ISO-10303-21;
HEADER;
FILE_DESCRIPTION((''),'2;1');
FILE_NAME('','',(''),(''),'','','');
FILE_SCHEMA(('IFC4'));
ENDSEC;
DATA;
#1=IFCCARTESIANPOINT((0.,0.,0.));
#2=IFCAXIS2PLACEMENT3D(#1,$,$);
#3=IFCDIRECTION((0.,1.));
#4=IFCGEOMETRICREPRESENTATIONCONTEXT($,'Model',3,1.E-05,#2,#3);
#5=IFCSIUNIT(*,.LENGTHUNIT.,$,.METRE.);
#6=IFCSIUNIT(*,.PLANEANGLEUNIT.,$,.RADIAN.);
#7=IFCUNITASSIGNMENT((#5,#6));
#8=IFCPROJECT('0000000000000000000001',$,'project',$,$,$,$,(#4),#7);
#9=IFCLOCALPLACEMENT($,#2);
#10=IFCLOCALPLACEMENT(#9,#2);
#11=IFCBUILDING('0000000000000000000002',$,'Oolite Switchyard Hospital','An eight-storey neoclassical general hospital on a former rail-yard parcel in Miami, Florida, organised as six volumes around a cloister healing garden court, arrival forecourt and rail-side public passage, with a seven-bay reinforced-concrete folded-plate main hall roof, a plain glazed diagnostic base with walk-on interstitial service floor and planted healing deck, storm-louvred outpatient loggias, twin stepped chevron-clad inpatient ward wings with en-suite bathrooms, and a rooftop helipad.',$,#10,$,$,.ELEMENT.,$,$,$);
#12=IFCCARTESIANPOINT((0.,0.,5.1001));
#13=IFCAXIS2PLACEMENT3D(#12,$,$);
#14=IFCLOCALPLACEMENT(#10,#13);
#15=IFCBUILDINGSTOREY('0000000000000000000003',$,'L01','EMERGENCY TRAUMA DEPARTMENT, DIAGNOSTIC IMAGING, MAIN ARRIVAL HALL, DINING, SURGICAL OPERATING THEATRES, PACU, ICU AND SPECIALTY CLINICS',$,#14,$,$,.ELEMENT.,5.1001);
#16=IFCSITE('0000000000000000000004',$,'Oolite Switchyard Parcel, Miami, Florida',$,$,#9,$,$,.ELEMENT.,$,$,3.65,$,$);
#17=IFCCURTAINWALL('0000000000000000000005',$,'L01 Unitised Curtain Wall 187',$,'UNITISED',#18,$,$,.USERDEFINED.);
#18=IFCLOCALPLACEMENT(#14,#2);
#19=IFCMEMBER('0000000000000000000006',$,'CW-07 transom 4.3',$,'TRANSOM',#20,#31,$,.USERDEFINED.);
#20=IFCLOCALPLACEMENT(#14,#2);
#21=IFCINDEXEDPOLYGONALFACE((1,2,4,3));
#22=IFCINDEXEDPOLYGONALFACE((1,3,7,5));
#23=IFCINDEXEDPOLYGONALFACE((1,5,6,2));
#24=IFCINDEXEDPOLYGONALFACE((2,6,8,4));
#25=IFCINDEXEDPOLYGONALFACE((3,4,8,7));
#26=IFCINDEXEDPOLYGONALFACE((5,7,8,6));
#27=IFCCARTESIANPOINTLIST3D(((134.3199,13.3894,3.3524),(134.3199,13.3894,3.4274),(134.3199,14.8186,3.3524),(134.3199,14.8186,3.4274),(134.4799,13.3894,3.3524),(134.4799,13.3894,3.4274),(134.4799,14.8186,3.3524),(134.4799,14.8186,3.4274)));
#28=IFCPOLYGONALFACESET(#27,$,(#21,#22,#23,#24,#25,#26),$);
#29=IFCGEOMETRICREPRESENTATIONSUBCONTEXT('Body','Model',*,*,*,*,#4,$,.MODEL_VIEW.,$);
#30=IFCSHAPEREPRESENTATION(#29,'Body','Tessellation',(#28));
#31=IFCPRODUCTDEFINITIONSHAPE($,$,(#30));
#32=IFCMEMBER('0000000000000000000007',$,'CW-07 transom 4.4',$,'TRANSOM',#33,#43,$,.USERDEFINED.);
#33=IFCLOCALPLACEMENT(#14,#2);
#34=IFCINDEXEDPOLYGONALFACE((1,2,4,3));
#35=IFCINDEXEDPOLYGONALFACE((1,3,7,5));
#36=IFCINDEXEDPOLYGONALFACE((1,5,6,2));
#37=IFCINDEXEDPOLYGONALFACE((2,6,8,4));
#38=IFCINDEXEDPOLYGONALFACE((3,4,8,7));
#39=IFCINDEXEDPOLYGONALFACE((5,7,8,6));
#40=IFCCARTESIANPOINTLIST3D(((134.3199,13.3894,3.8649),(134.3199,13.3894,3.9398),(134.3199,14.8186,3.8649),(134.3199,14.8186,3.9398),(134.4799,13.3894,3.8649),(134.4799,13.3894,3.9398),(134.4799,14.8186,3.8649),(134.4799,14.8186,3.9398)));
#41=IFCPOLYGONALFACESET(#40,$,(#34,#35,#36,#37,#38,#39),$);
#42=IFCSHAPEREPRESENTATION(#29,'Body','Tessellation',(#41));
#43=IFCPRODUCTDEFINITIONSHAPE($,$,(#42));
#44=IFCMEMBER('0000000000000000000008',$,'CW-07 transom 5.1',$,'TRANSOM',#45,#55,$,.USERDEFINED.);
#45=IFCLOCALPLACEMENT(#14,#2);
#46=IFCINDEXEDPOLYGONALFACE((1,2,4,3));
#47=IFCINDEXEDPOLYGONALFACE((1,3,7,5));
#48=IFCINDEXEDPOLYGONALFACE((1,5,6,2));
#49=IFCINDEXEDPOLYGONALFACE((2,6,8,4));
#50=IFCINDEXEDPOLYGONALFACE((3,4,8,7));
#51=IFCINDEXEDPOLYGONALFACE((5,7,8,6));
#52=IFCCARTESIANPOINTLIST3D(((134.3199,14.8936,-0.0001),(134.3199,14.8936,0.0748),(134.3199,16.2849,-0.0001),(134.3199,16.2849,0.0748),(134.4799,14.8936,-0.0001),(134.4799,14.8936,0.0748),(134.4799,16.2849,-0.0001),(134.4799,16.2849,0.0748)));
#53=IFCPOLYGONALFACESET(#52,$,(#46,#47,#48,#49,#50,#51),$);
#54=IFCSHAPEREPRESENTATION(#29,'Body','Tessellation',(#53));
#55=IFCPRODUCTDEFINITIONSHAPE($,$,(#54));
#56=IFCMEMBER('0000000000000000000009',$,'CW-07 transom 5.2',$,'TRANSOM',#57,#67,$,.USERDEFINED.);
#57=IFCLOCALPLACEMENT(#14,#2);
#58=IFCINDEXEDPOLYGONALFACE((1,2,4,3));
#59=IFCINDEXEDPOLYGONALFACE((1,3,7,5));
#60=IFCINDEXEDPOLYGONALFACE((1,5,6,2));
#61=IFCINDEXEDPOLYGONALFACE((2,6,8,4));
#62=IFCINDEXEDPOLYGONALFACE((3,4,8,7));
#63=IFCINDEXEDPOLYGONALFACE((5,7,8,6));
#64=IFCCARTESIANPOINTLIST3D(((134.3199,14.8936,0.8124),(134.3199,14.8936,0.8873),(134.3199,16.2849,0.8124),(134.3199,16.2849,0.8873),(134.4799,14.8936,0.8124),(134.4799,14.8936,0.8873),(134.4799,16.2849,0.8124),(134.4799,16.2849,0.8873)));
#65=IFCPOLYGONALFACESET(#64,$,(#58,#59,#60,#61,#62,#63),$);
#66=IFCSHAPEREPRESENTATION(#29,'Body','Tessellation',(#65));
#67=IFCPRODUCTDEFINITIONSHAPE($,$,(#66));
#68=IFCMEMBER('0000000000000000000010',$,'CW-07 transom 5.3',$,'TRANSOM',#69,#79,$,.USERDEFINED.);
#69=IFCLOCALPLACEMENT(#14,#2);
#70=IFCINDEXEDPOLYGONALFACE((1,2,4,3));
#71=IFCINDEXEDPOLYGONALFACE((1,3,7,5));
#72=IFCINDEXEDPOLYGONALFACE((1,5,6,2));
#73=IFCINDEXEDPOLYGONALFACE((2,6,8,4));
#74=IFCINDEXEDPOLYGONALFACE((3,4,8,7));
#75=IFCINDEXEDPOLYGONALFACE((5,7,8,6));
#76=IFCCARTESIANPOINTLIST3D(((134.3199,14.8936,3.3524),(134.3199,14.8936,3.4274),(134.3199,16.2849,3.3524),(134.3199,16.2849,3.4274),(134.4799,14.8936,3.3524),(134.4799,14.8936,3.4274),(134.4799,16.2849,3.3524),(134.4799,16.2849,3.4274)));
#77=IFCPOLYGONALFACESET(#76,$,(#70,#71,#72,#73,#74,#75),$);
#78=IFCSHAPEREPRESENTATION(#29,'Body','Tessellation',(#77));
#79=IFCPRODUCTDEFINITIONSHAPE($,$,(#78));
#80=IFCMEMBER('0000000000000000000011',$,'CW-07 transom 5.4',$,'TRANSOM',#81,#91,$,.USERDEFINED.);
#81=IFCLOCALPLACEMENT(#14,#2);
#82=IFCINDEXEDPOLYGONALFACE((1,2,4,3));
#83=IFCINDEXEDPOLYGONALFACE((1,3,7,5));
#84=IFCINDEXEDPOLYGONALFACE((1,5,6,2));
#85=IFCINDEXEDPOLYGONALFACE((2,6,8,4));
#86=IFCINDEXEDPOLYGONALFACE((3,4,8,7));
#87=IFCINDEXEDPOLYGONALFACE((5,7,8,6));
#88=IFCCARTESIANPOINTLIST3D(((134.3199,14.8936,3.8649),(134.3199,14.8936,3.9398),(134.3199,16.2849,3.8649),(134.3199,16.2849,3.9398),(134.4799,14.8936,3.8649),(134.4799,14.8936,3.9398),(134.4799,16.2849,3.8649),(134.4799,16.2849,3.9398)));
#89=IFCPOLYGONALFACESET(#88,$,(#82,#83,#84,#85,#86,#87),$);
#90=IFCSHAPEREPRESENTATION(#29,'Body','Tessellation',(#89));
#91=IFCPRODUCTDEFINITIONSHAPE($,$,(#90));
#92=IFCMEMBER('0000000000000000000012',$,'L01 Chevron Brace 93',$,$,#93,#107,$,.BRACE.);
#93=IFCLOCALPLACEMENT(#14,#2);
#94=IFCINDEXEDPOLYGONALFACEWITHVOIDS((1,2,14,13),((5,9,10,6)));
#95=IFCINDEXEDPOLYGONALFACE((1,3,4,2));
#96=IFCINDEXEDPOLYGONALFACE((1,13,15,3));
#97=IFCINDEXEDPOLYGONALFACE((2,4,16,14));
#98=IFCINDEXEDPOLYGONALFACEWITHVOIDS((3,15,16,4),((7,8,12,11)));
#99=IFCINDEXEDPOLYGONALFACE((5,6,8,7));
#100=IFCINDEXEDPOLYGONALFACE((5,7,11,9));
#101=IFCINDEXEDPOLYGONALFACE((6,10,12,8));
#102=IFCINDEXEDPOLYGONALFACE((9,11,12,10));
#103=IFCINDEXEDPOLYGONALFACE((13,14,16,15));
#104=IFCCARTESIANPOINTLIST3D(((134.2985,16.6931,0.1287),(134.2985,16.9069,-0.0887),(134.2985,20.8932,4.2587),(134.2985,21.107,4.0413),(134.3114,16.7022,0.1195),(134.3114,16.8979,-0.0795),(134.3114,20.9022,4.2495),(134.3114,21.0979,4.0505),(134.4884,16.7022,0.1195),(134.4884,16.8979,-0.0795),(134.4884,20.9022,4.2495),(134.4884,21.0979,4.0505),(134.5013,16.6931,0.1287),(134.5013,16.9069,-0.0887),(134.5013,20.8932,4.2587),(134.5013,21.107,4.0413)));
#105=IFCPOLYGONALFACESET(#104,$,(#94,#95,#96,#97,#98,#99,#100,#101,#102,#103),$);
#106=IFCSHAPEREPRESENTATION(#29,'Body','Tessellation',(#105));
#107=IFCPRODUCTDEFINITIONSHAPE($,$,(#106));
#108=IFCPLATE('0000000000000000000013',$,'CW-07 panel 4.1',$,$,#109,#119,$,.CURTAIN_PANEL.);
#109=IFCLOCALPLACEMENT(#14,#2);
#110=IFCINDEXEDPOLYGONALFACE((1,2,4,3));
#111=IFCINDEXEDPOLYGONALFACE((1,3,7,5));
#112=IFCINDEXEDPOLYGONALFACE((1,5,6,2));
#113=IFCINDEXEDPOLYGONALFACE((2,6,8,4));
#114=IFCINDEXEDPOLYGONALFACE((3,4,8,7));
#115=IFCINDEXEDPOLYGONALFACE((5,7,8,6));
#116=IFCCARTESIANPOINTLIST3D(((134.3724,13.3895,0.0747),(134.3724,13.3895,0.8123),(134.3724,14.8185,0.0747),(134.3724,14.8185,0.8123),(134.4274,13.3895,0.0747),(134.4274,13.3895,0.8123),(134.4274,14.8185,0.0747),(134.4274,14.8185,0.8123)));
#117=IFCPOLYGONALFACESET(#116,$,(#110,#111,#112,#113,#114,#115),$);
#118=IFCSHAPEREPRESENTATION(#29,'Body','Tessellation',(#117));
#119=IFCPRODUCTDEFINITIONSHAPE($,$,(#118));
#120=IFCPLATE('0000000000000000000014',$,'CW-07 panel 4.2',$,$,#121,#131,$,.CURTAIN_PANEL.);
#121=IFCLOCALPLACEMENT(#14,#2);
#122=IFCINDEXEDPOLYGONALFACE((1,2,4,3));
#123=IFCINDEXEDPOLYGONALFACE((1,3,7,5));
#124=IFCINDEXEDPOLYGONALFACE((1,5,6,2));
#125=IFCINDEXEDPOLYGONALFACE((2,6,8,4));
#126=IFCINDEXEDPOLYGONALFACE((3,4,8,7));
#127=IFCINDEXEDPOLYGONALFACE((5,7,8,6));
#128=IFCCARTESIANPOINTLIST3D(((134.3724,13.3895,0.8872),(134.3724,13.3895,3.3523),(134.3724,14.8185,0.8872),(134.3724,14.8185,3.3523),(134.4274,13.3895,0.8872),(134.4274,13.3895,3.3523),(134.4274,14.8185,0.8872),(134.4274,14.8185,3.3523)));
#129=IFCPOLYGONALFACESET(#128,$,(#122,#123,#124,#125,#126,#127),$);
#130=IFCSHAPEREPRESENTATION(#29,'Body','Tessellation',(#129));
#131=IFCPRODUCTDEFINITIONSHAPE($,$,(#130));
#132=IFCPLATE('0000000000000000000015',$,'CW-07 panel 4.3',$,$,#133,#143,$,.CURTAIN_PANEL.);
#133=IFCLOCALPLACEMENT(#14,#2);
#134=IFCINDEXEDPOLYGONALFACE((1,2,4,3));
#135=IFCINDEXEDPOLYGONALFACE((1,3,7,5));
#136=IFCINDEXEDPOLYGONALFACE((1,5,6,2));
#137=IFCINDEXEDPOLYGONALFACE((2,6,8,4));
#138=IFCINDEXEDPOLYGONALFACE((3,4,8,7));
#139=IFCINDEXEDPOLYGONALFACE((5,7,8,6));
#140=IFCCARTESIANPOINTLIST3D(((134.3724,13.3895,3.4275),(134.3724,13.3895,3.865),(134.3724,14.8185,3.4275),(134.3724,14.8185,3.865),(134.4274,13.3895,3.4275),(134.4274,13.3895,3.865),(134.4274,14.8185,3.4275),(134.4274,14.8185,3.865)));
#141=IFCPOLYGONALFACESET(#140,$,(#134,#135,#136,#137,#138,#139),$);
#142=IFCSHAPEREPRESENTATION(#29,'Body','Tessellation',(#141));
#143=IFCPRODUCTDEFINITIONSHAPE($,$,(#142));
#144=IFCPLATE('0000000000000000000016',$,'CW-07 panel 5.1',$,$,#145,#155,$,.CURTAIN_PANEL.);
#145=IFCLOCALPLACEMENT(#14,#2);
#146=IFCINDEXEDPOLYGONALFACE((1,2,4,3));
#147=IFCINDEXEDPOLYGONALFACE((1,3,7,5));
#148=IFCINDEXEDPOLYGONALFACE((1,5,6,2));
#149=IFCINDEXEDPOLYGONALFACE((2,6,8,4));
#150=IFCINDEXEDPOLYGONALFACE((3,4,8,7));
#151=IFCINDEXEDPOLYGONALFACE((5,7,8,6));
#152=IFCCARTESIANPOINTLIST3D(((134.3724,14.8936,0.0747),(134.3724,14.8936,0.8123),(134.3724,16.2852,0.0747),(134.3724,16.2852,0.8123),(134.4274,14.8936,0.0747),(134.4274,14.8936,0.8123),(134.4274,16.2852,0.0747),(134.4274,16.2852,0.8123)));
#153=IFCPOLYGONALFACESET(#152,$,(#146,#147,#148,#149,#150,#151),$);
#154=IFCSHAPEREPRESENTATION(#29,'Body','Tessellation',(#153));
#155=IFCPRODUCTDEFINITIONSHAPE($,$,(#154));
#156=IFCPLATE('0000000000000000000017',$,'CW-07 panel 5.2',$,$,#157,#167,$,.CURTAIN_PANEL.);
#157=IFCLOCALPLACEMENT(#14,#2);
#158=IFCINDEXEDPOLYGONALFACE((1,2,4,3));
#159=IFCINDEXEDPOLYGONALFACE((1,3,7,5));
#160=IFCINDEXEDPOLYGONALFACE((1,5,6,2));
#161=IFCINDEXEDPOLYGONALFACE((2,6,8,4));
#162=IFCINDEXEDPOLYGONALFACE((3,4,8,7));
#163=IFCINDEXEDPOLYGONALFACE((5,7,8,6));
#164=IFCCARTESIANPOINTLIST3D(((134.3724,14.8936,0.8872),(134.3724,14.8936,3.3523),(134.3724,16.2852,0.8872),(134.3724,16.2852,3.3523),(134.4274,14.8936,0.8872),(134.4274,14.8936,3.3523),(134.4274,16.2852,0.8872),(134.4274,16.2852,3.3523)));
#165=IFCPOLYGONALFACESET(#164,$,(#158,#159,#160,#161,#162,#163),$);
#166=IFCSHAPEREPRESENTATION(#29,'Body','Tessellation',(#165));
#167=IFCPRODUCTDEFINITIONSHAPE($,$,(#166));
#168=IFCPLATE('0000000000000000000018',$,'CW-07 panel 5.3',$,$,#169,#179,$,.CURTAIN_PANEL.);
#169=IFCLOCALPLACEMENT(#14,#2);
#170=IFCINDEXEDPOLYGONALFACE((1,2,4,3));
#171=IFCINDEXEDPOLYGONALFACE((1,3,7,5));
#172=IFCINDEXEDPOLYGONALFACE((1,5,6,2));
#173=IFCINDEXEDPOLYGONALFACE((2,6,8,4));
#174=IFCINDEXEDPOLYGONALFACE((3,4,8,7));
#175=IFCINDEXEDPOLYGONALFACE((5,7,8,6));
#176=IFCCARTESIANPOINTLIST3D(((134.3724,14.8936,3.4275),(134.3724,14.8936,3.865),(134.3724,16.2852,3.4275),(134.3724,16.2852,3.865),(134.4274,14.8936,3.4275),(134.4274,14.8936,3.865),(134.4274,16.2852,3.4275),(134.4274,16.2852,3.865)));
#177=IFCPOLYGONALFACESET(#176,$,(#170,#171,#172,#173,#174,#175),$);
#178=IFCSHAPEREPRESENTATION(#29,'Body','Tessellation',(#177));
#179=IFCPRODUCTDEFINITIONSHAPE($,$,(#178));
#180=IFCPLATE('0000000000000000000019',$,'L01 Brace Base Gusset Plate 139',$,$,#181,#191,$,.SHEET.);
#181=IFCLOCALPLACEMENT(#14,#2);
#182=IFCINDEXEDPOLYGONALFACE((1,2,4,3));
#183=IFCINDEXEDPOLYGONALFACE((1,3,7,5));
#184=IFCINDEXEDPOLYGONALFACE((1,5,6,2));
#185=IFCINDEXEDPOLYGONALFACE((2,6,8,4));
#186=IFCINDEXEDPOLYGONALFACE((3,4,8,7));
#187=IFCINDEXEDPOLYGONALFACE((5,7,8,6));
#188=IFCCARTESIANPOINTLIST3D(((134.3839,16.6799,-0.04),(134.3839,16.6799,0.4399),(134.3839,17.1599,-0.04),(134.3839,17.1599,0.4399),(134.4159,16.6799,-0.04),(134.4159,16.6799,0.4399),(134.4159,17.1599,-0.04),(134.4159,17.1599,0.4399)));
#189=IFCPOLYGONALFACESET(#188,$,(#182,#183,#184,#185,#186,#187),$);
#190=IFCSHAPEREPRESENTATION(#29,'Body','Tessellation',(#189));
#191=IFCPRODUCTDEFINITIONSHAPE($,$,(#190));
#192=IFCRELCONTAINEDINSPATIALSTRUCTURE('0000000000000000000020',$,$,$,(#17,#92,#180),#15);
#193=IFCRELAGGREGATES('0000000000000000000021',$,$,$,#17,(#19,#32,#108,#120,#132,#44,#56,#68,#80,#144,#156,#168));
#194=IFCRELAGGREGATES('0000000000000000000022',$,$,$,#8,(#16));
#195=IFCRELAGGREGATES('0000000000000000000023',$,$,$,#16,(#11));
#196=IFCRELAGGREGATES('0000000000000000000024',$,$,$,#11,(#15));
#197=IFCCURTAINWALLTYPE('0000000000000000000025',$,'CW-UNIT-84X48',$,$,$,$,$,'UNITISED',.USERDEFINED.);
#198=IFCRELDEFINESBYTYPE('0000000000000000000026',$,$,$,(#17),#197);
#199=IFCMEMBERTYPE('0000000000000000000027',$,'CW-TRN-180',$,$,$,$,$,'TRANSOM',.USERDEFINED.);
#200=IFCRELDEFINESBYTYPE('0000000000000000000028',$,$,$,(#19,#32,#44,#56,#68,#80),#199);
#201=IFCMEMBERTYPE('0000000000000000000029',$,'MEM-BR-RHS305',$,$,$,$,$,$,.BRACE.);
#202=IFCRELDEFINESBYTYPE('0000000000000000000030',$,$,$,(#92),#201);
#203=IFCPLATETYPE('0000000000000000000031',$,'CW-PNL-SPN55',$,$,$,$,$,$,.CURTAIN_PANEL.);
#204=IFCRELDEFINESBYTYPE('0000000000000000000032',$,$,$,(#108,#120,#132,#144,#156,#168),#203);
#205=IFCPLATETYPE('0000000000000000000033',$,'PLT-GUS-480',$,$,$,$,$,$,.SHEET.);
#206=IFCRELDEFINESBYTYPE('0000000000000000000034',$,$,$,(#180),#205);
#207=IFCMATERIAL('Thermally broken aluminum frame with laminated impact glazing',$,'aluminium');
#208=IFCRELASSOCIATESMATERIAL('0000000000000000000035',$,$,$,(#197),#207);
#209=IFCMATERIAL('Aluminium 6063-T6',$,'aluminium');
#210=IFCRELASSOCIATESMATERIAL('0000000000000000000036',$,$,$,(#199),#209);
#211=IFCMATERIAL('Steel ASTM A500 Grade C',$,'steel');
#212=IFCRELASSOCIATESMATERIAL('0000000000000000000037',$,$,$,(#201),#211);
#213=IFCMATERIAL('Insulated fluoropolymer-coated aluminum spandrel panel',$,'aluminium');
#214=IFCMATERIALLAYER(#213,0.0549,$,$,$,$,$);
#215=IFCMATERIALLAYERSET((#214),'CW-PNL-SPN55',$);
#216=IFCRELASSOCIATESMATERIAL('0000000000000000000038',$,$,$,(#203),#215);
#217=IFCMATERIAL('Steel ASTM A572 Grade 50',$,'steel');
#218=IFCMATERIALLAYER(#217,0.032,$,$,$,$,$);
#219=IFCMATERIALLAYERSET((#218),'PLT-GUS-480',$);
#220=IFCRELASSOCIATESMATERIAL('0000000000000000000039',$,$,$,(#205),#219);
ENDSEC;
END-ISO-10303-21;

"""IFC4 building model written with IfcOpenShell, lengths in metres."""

from ifc_helpers import new_model, si_unit, direction, frame, origin, origin_2d, place, context, subcontext, project, spatial, rectangle, hollow_rectangle, extrude, material, layer, layer_set, material_profile, profile_set, type_object, element, aggregate, save


model = new_model("IFC4")

# Units and contexts
model_context = context("Model", 3, precision=1e-05, world=origin(), true_north=direction((0.0, 1.0)))
body_context = subcontext(model_context, "Body", "Model", "MODEL_VIEW")
ifc_project = project(units=[si_unit("LENGTHUNIT", "METRE"), si_unit("PLANEANGLEUNIT", "RADIAN")], contexts=[model_context])

# Site, building, storey
site_placement = place(None, origin())
site = spatial("IfcSite", under=ifc_project, at=site_placement, Name="Oolite Switchyard Parcel, Miami, Florida", CompositionType="ELEMENT", RefElevation=3.65)
building_placement = place(site_placement, origin())
building = spatial("IfcBuilding", under=site, at=building_placement, Name="Oolite Switchyard Hospital", Description="An eight-storey neoclassical general hospital on a former rail-yard parcel in Miami, Florida, organised as six volumes around a cloister healing garden court, arrival forecourt and rail-side public passage, with a seven-bay reinforced-concrete folded-plate main hall roof, a plain glazed diagnostic base with walk-on interstitial service floor and planted healing deck, storm-louvred outpatient loggias, twin stepped chevron-clad inpatient ward wings with en-suite bathrooms, and a rooftop helipad.", CompositionType="ELEMENT")
storey_placement = place(building_placement, frame((0.0, 0.0, 5.1001)))
storey = spatial("IfcBuildingStorey", under=building, at=storey_placement, Name="L01", Description="EMERGENCY TRAUMA DEPARTMENT, DIAGNOSTIC IMAGING, MAIN ARRIVAL HALL, DINING, SURGICAL OPERATING THEATRES, PACU, ICU AND SPECIALTY CLINICS", CompositionType="ELEMENT", Elevation=5.1001)

# Curtain wall, members
ifc_material_1 = material(Name="Thermally broken aluminum frame with laminated impact glazing", Category="aluminium")
curtain_wall_type = type_object("IfcCurtainWallType", Name="CW-UNIT-84X48", ElementType="UNITISED", PredefinedType="USERDEFINED", material=ifc_material_1)
curtain_wall_placement = place(storey_placement, origin())
curtain_wall = element("IfcCurtainWall", 1, at=curtain_wall_placement, inside=storey, type_object=curtain_wall_type, Name="L01 Unitised Curtain Wall 187", ObjectType="UNITISED", PredefinedType="USERDEFINED")
ifc_material_2 = material(Name="Aluminium 6063-T6", Category="aluminium")
ifc_material_profile_1 = material_profile(ifc_material_2, rectangle(XDim=0.1599, YDim=0.075, at=origin_2d()), Name="CWT75X160")
ifc_profile_set_1 = profile_set([ifc_material_profile_1], Name="Aluminium 6063-T6")
member_type_1 = type_object("IfcMemberType", Name="CW-TRN-180", ElementType="TRANSOM", PredefinedType="USERDEFINED", material=ifc_profile_set_1)
member_1_placement = place(storey_placement, frame((134.3999, 13.3894, 3.3899), z_axis=(0.0, 1.0, 0.0), x_axis=(-1.0, 0.0, 0.0)))
member_1 = element("IfcMember", 2, at=member_1_placement, type_object=member_type_1, Name="CW-07 transom 4.3", ObjectType="TRANSOM", PredefinedType="USERDEFINED", context=body_context, shape_type="SweptSolid", body=[
    extrude(rectangle(XDim=0.1599, YDim=0.075, at=origin_2d()), origin(), (0.0, 0.0, 1.0), 1.4292),
])
member_2_placement = place(storey_placement, frame((134.3999, 13.3894, 3.9023), z_axis=(0.0, 1.0, 0.0), x_axis=(-1.0, 0.0, 0.0)))
member_2 = element("IfcMember", 3, at=member_2_placement, type_object=member_type_1, Name="CW-07 transom 4.4", ObjectType="TRANSOM", PredefinedType="USERDEFINED", context=body_context, shape_type="SweptSolid", body=[
    extrude(rectangle(XDim=0.1599, YDim=0.075, at=origin_2d()), origin(), (0.0, 0.0, 1.0), 1.4292),
])
member_3_placement = place(storey_placement, frame((134.3999, 14.8936, 0.0374), z_axis=(0.0, 1.0, 0.0), x_axis=(-1.0, 0.0, 0.0)))
member_3 = element("IfcMember", 4, at=member_3_placement, type_object=member_type_1, Name="CW-07 transom 5.1", ObjectType="TRANSOM", PredefinedType="USERDEFINED", context=body_context, shape_type="SweptSolid", body=[
    extrude(rectangle(XDim=0.1599, YDim=0.075, at=origin_2d()), origin(), (0.0, 0.0, 1.0), 1.3914),
])
member_4_placement = place(storey_placement, frame((134.3999, 14.8936, 0.8499), z_axis=(0.0, 1.0, 0.0), x_axis=(-1.0, 0.0, 0.0)))
member_4 = element("IfcMember", 5, at=member_4_placement, type_object=member_type_1, Name="CW-07 transom 5.2", ObjectType="TRANSOM", PredefinedType="USERDEFINED", context=body_context, shape_type="SweptSolid", body=[
    extrude(rectangle(XDim=0.1599, YDim=0.075, at=origin_2d()), origin(), (0.0, 0.0, 1.0), 1.3914),
])
member_5_placement = place(storey_placement, frame((134.3999, 14.8936, 3.3899), z_axis=(0.0, 1.0, 0.0), x_axis=(-1.0, 0.0, 0.0)))
member_5 = element("IfcMember", 6, at=member_5_placement, type_object=member_type_1, Name="CW-07 transom 5.3", ObjectType="TRANSOM", PredefinedType="USERDEFINED", context=body_context, shape_type="SweptSolid", body=[
    extrude(rectangle(XDim=0.1599, YDim=0.075, at=origin_2d()), origin(), (0.0, 0.0, 1.0), 1.3914),
])
member_6_placement = place(storey_placement, frame((134.3999, 14.8936, 3.9023), z_axis=(0.0, 1.0, 0.0), x_axis=(-1.0, 0.0, 0.0)))
member_6 = element("IfcMember", 7, at=member_6_placement, type_object=member_type_1, Name="CW-07 transom 5.4", ObjectType="TRANSOM", PredefinedType="USERDEFINED", context=body_context, shape_type="SweptSolid", body=[
    extrude(rectangle(XDim=0.1599, YDim=0.075, at=origin_2d()), origin(), (0.0, 0.0, 1.0), 1.3914),
])

# Member
ifc_material_3 = material(Name="Steel ASTM A500 Grade C", Category="steel")
ifc_material_profile_2 = material_profile(ifc_material_3, hollow_rectangle(XDim=0.2029, YDim=0.3049, WallThickness=0.0129, at=origin_2d()), Name="HSS305X203X13")
ifc_profile_set_2 = profile_set([ifc_material_profile_2], Name="Steel ASTM A500 Grade C")
member_type_2 = type_object("IfcMemberType", Name="MEM-BR-RHS305", PredefinedType="BRACE", material=ifc_profile_set_2)
member_7_placement = place(storey_placement, frame((134.3999, 16.8, 0.02), z_axis=(0.0, 0.71303, 0.701134), x_axis=(-1.0, 0.0, 0.0)))
element("IfcMember", 8, at=member_7_placement, inside=storey, type_object=member_type_2, Name="L01 Chevron Brace 93", PredefinedType="BRACE", context=body_context, shape_type="SweptSolid", body=[
    extrude(hollow_rectangle(XDim=0.2029, YDim=0.3049, WallThickness=0.0129, at=origin_2d()), origin(), (0.0, 0.0, 1.0), 5.8904),
])

# Plates
ifc_material_4 = material(Name="Insulated fluoropolymer-coated aluminum spandrel panel", Category="aluminium")
ifc_layer_1 = layer(ifc_material_4, 0.0549)
ifc_layer_set_1 = layer_set([ifc_layer_1], Name="CW-PNL-SPN55")
plate_type_1 = type_object("IfcPlateType", Name="CW-PNL-SPN55", PredefinedType="CURTAIN_PANEL", material=ifc_layer_set_1)
plate_1_placement = place(storey_placement, frame((134.3999, 14.104, 0.0747), z_axis=(0.0, 0.0, 1.0), x_axis=(0.0, 1.0, 0.0)))
plate_1 = element("IfcPlate", 9, at=plate_1_placement, type_object=plate_type_1, Name="CW-07 panel 4.1", PredefinedType="CURTAIN_PANEL", context=body_context, shape_type="SweptSolid", body=[
    extrude(rectangle(XDim=1.429, YDim=0.0549, at=origin_2d()), origin(), (0.0, 0.0, 1.0), 0.7375),
])
plate_2_placement = place(storey_placement, frame((134.3999, 14.104, 0.8872), z_axis=(0.0, 0.0, 1.0), x_axis=(0.0, 1.0, 0.0)))
plate_2 = element("IfcPlate", 10, at=plate_2_placement, type_object=plate_type_1, Name="CW-07 panel 4.2", PredefinedType="CURTAIN_PANEL", context=body_context, shape_type="SweptSolid", body=[
    extrude(rectangle(XDim=1.429, YDim=0.0549, at=origin_2d()), origin(), (0.0, 0.0, 1.0), 2.4651),
])
plate_3_placement = place(storey_placement, frame((134.3999, 14.104, 3.4275), z_axis=(0.0, 0.0, 1.0), x_axis=(0.0, 1.0, 0.0)))
plate_3 = element("IfcPlate", 11, at=plate_3_placement, type_object=plate_type_1, Name="CW-07 panel 4.3", PredefinedType="CURTAIN_PANEL", context=body_context, shape_type="SweptSolid", body=[
    extrude(rectangle(XDim=1.429, YDim=0.0549, at=origin_2d()), origin(), (0.0, 0.0, 1.0), 0.4375),
])
plate_4_placement = place(storey_placement, frame((134.3999, 15.5894, 0.0747), z_axis=(0.0, 0.0, 1.0), x_axis=(0.0, 1.0, 0.0)))
plate_4 = element("IfcPlate", 12, at=plate_4_placement, type_object=plate_type_1, Name="CW-07 panel 5.1", PredefinedType="CURTAIN_PANEL", context=body_context, shape_type="SweptSolid", body=[
    extrude(rectangle(XDim=1.3916, YDim=0.0549, at=origin_2d()), origin(), (0.0, 0.0, 1.0), 0.7375),
])
plate_5_placement = place(storey_placement, frame((134.3999, 15.5894, 0.8872), z_axis=(0.0, 0.0, 1.0), x_axis=(0.0, 1.0, 0.0)))
plate_5 = element("IfcPlate", 13, at=plate_5_placement, type_object=plate_type_1, Name="CW-07 panel 5.2", PredefinedType="CURTAIN_PANEL", context=body_context, shape_type="SweptSolid", body=[
    extrude(rectangle(XDim=1.3916, YDim=0.0549, at=origin_2d()), origin(), (0.0, 0.0, 1.0), 2.4651),
])
plate_6_placement = place(storey_placement, frame((134.3999, 15.5894, 3.4275), z_axis=(0.0, 0.0, 1.0), x_axis=(0.0, 1.0, 0.0)))
plate_6 = element("IfcPlate", 14, at=plate_6_placement, type_object=plate_type_1, Name="CW-07 panel 5.3", PredefinedType="CURTAIN_PANEL", context=body_context, shape_type="SweptSolid", body=[
    extrude(rectangle(XDim=1.3916, YDim=0.0549, at=origin_2d()), origin(), (0.0, 0.0, 1.0), 0.4375),
])
aggregate(curtain_wall, [member_1, member_2, plate_1, plate_2, plate_3, member_3, member_4, member_5, member_6, plate_4, plate_5, plate_6])
ifc_material_5 = material(Name="Steel ASTM A572 Grade 50", Category="steel")
ifc_layer_2 = layer(ifc_material_5, 0.032)
ifc_layer_set_2 = layer_set([ifc_layer_2], Name="PLT-GUS-480")
plate_type_2 = type_object("IfcPlateType", Name="PLT-GUS-480", PredefinedType="SHEET", material=ifc_layer_set_2)
plate_7_placement = place(storey_placement, frame((134.3999, 16.9199, -0.04), z_axis=(0.0, 0.0, 1.0), x_axis=(0.0, 1.0, 0.0)))
element("IfcPlate", 15, at=plate_7_placement, inside=storey, type_object=plate_type_2, Name="L01 Brace Base Gusset Plate 139", PredefinedType="SHEET", context=body_context, shape_type="SweptSolid", body=[
    extrude(rectangle(XDim=0.48, YDim=0.032, at=origin_2d()), origin(), (0.0, 0.0, 1.0), 0.48),
])

save(model, "model.ifc")
